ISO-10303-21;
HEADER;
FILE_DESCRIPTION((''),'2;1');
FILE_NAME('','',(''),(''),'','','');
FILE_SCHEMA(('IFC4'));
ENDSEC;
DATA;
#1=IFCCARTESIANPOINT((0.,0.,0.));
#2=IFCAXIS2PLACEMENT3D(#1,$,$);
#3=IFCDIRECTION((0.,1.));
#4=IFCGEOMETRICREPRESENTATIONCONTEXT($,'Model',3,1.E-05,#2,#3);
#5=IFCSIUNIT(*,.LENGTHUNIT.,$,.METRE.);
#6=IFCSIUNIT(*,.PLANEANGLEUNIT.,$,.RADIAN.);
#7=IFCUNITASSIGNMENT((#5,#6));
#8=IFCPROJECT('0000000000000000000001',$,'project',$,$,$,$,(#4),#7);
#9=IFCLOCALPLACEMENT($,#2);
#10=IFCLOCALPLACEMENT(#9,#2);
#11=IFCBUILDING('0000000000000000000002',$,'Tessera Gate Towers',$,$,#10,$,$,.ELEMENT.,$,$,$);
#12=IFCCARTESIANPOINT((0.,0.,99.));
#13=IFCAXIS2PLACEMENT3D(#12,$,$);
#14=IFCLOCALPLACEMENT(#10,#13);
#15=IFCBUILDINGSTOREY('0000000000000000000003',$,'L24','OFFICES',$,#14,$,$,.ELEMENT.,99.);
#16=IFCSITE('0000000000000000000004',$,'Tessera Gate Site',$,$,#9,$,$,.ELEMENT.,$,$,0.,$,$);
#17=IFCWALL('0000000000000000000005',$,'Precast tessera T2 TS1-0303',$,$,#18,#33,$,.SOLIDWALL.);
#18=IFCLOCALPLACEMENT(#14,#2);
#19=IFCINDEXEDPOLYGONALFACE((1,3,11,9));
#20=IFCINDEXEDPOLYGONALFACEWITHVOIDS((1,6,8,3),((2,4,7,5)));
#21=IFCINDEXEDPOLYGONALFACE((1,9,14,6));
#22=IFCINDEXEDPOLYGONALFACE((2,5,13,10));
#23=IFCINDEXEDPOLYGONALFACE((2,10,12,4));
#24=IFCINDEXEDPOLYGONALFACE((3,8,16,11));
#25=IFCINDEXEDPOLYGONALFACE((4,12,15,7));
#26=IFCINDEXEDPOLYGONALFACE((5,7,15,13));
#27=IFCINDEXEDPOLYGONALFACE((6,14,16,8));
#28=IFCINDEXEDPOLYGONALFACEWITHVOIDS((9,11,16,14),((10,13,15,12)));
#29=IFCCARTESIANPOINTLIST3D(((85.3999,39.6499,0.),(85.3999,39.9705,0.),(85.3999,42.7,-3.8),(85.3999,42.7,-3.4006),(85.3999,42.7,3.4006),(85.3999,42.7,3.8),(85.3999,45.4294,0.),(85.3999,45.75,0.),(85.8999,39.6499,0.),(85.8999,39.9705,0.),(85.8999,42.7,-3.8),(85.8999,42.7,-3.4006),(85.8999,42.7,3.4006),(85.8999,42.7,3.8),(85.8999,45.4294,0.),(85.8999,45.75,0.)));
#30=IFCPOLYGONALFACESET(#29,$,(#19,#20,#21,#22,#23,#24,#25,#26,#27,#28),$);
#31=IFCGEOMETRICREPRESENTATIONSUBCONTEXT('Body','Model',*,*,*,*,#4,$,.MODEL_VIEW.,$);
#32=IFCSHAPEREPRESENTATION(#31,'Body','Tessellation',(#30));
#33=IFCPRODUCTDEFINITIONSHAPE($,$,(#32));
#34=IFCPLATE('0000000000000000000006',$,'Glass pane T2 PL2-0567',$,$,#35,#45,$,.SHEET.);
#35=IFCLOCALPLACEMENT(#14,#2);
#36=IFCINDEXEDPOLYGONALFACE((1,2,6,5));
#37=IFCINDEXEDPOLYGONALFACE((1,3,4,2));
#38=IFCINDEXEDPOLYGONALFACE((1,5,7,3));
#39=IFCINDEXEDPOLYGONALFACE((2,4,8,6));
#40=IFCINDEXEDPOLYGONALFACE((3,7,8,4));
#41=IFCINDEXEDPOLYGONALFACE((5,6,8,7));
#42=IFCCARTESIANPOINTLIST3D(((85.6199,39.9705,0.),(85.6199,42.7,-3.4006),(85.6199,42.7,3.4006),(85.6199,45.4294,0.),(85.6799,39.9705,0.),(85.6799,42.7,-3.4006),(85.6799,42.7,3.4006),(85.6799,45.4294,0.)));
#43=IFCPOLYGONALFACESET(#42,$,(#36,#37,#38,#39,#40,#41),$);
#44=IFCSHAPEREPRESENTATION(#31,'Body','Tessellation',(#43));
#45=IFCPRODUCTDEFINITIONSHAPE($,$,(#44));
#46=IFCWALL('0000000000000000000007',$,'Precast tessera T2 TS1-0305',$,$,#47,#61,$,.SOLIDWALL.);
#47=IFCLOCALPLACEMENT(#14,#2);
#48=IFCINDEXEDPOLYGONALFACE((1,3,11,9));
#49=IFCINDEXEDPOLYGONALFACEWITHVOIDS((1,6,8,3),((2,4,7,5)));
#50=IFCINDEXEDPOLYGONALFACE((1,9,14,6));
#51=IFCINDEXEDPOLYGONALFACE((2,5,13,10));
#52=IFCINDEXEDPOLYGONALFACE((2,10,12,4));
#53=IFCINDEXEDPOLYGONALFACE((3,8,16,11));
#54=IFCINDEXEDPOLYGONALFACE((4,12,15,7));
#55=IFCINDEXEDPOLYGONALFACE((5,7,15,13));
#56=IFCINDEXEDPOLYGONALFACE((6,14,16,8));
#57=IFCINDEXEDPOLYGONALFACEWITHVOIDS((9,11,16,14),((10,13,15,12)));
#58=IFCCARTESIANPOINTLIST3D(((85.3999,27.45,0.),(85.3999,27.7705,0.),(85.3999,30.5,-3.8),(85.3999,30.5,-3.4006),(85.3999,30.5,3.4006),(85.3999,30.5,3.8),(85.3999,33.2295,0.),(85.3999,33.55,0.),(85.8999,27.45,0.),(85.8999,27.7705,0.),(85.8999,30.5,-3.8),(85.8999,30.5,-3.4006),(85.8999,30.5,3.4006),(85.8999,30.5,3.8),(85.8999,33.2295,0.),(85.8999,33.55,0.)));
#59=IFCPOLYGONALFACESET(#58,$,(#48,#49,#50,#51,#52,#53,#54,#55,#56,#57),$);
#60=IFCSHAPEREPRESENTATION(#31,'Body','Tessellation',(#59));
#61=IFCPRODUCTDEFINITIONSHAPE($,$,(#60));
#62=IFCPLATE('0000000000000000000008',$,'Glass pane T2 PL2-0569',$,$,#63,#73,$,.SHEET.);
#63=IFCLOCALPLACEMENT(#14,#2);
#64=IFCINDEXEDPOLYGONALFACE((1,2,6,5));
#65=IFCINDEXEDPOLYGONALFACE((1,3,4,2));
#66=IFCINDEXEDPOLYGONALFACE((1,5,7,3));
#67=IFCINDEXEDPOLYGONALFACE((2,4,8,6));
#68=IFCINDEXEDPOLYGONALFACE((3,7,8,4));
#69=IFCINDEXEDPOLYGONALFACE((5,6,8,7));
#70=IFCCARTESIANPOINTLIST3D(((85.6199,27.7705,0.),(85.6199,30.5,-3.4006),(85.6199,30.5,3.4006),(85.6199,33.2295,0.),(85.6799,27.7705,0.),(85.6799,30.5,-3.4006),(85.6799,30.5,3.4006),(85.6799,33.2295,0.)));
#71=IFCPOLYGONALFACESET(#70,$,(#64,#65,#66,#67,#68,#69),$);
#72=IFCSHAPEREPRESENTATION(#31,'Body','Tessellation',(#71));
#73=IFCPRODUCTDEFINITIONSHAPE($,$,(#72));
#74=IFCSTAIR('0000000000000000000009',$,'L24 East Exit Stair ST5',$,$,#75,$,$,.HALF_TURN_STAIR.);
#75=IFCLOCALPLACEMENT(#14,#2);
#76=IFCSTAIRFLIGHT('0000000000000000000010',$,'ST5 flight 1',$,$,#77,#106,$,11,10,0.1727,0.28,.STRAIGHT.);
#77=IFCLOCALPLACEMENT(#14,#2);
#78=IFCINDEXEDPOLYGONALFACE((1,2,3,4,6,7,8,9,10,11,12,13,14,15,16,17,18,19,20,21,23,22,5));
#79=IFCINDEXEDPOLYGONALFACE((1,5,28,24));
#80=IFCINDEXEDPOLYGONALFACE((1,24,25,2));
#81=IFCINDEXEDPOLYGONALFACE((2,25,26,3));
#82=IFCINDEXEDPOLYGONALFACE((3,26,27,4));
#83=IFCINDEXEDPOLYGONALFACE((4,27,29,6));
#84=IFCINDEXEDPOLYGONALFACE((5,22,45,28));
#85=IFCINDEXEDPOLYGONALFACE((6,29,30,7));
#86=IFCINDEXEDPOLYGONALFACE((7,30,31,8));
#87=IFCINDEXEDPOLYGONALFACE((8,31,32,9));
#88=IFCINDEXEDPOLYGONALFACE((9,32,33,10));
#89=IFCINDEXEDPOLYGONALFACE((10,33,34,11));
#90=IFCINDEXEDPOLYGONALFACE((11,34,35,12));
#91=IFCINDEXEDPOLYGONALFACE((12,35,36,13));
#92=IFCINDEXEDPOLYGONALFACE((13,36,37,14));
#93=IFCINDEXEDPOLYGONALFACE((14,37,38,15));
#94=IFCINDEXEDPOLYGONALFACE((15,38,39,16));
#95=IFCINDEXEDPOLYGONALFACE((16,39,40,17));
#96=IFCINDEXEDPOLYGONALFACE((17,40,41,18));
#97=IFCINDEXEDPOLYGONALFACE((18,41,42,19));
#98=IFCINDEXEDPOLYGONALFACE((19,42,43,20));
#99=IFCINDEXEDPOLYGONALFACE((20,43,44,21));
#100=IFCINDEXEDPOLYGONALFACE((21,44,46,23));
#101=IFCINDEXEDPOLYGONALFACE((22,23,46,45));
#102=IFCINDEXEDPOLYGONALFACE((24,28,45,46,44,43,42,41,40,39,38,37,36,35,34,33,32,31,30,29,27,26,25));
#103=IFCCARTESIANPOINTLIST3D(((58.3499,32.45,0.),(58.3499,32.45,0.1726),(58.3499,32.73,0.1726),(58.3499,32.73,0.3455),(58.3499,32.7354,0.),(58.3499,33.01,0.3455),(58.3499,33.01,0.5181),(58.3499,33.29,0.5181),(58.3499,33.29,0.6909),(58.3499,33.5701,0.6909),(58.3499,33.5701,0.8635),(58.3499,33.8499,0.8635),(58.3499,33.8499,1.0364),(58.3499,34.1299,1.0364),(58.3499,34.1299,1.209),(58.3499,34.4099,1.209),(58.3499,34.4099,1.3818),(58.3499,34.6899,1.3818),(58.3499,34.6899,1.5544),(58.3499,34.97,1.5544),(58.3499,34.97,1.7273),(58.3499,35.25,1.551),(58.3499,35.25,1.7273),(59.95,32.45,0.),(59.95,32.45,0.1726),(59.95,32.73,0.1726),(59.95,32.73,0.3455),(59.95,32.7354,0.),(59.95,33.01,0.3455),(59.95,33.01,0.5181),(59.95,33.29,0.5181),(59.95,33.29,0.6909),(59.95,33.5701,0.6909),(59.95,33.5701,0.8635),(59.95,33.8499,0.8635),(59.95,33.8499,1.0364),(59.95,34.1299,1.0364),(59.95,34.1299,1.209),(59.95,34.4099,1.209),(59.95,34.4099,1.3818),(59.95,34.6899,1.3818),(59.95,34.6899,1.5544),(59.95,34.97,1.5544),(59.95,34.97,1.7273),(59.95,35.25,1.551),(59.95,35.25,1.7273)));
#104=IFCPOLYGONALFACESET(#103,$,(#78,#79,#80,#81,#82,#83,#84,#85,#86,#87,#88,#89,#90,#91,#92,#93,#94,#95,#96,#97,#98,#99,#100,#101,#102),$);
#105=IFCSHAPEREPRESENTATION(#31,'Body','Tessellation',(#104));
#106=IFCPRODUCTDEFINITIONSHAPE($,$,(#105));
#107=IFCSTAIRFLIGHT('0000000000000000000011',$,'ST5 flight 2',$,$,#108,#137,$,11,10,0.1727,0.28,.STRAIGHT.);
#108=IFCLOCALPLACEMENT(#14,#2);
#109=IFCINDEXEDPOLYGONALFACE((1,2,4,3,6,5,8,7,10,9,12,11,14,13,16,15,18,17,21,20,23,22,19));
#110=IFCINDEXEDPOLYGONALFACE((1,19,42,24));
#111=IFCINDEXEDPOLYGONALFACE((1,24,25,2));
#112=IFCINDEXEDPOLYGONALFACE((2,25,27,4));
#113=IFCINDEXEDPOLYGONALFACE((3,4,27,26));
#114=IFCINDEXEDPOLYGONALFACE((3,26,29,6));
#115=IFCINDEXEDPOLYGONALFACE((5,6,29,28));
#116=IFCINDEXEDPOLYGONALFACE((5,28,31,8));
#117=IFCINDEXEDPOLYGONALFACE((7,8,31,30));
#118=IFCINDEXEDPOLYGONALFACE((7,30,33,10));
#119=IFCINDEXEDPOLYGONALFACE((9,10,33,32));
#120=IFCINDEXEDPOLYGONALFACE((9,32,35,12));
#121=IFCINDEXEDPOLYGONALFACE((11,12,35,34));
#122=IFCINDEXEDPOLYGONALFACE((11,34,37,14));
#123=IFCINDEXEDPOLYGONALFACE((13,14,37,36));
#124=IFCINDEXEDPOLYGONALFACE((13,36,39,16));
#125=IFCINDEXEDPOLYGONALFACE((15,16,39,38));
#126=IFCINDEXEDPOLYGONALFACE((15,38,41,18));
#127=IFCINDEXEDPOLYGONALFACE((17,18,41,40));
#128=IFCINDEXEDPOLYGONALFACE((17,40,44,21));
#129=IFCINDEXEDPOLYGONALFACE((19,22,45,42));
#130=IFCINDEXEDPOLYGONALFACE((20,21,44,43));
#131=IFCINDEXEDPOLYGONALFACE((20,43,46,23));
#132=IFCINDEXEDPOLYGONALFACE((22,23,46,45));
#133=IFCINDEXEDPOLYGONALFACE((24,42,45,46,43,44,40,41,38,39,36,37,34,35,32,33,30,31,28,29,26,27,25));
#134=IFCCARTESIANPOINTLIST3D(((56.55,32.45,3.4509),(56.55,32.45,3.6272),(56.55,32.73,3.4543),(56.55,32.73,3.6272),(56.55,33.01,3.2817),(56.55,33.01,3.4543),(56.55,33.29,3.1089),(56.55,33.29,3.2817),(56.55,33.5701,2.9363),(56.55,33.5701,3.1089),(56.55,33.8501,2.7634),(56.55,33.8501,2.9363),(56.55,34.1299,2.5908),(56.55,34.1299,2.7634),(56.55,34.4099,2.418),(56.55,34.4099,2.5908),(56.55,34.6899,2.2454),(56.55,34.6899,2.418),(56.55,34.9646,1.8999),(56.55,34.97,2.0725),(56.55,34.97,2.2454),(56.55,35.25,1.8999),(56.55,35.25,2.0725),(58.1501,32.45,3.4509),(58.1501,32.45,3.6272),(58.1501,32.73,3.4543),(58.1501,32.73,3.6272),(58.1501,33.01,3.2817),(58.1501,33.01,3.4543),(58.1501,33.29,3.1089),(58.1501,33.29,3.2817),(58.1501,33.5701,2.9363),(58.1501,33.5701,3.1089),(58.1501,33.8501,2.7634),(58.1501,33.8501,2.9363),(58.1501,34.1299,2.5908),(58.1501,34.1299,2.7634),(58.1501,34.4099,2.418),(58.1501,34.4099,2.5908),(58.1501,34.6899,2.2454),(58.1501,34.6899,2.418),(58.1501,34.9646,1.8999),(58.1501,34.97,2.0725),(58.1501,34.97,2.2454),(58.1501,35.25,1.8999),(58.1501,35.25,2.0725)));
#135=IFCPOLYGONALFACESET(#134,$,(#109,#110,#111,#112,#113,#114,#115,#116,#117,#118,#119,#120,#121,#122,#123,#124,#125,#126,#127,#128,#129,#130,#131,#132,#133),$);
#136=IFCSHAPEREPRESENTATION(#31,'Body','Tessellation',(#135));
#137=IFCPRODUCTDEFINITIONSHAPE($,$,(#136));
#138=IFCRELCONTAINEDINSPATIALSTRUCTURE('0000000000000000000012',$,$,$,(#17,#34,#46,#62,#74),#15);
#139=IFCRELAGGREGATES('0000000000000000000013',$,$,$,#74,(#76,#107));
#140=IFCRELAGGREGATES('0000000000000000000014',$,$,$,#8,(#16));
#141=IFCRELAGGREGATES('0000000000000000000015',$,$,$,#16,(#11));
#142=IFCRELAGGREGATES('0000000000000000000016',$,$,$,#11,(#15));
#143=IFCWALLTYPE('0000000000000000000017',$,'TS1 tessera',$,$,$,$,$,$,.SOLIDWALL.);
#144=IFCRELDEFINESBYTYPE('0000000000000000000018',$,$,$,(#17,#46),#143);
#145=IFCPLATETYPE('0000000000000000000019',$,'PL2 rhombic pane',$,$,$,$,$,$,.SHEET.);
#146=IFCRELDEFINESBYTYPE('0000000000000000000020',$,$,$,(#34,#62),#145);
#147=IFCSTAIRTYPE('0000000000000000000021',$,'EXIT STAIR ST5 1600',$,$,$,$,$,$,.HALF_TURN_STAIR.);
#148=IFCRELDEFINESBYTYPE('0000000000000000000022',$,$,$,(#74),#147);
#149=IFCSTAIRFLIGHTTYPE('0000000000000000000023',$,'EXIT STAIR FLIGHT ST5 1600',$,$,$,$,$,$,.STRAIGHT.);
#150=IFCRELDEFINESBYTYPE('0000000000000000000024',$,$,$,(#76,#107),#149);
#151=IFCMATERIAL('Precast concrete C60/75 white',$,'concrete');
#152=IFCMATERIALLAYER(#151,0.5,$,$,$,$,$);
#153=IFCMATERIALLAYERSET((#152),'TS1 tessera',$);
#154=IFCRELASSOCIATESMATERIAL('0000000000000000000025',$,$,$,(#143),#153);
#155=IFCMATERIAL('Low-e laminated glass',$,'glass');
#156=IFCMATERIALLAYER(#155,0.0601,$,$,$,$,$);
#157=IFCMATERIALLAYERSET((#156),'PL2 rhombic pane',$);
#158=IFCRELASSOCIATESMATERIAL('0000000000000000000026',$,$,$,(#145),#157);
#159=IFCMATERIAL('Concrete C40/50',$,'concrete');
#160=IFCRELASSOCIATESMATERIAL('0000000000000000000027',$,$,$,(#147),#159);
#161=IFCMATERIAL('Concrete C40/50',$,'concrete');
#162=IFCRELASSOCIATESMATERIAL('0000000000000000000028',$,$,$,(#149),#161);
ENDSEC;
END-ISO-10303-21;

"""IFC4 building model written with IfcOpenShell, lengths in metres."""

from ifc_helpers import new_model, si_unit, direction, frame, origin, place, context, subcontext, project, spatial, polyline, outline, extrude, source, transform, mapped, material, layer, layer_set, type_object, element, fill, aggregate, save


model = new_model("IFC4")

# Units and contexts
model_context = context("Model", 3, precision=1e-05, world=origin(), true_north=direction((0.0, 1.0)))
body_context = subcontext(model_context, "Body", "Model", "MODEL_VIEW")
ifc_project = project(units=[si_unit("LENGTHUNIT", "METRE"), si_unit("PLANEANGLEUNIT", "RADIAN")], contexts=[model_context])

# Site, building, storey
site_placement = place(None, origin())
site = spatial("IfcSite", under=ifc_project, at=site_placement, Name="Tessera Gate Site", CompositionType="ELEMENT", RefElevation=0.0)
building_placement = place(site_placement, origin())
building = spatial("IfcBuilding", under=site, at=building_placement, Name="Tessera Gate Towers", CompositionType="ELEMENT")
storey_placement = place(building_placement, frame((0.0, 0.0, 99.0)))
storey = spatial("IfcBuildingStorey", under=building, at=storey_placement, Name="L24", Description="OFFICES", CompositionType="ELEMENT", Elevation=99.0)

# Walls, openings, plates
ifc_material_1 = material(Name="Precast concrete C60/75 white", Category="concrete")
ifc_layer_1 = layer(ifc_material_1, 0.5)
ifc_layer_set_1 = layer_set([ifc_layer_1], Name="TS1 tessera")
wall_type_1 = type_object("IfcWallType", Name="TS1 tessera", PredefinedType="SOLIDWALL", material=ifc_layer_set_1)
shared_shape_1 = source(origin(), body_context, "Body", "SweptSolid", [
    extrude(outline(polyline([(3.05, 0.0), (6.1001, 3.8), (3.05, 7.6001), (0.0, 3.8), (3.05, 0.0)])), frame((0.0, 0.25, 0.0), z_axis=(0.0, -1.0, 0.0), x_axis=(1.0, 0.0, 0.0)), (0.0, 0.0, 1.0), 0.5),
])
shared_shape_2 = source(origin(), body_context, "Body", "SweptSolid", [
    extrude(outline(polyline([(3.05, 0.3994), (5.7795, 3.8), (3.05, 7.2007), (0.3206, 3.8), (3.05, 0.3994)])), frame((0.0, 0.26, 0.0), z_axis=(0.0, -1.0, 0.0), x_axis=(1.0, 0.0, 0.0)), (0.0, 0.0, 1.0), 0.52),
])
ifc_material_2 = material(Name="Low-e laminated glass", Category="glass")
ifc_layer_2 = layer(ifc_material_2, 0.0601)
ifc_layer_set_2 = layer_set([ifc_layer_2], Name="PL2 rhombic pane")
plate_type = type_object("IfcPlateType", Name="PL2 rhombic pane", PredefinedType="SHEET", material=ifc_layer_set_2)
shared_shape_3 = source(origin(), body_context, "Body", "SweptSolid", [
    extrude(outline(polyline([(3.05, 0.3994), (5.7795, 3.8), (3.05, 7.2007), (0.3206, 3.8), (3.05, 0.3994)])), frame((0.0, 0.03, 0.0), z_axis=(0.0, -1.0, 0.0), x_axis=(1.0, 0.0, 0.0)), (0.0, 0.0, 1.0), 0.0601),
])
wall_1_placement = place(storey_placement, frame((85.6499, 45.75, -3.8), z_axis=(0.0, 0.0, 1.0), x_axis=(0.0, -1.0, 0.0)))
wall_1 = element("IfcWall", 1, at=wall_1_placement, inside=storey, type_object=wall_type_1, Name="Precast tessera T2 TS1-0303", PredefinedType="SOLIDWALL", context=body_context, shape_type="MappedRepresentation", body=[
    mapped(shared_shape_1, transform((0.0, 0.0, 0.0), scale=1.0)),
])
opening_1_placement = place(wall_1_placement, origin())
opening_1 = element("IfcOpeningElement", 2, at=opening_1_placement, cuts=wall_1, PredefinedType="OPENING", context=body_context, shape_type="MappedRepresentation", body=[
    mapped(shared_shape_2, transform((0.0, 0.0, 0.0), scale=1.0)),
])
plate_1_placement = place(opening_1_placement, origin())
plate_1 = element("IfcPlate", 3, at=plate_1_placement, inside=storey, type_object=plate_type, Name="Glass pane T2 PL2-0567", PredefinedType="SHEET", context=body_context, shape_type="MappedRepresentation", body=[
    mapped(shared_shape_3, transform((0.0, 0.0, 0.0), scale=1.0)),
])
fill(opening_1, plate_1)
wall_2_placement = place(storey_placement, frame((85.6499, 33.55, -3.8), z_axis=(0.0, 0.0, 1.0), x_axis=(0.0, -1.0, 0.0)))
wall_2 = element("IfcWall", 4, at=wall_2_placement, inside=storey, type_object=wall_type_1, Name="Precast tessera T2 TS1-0305", PredefinedType="SOLIDWALL", context=body_context, shape_type="MappedRepresentation", body=[
    mapped(shared_shape_1, transform((0.0, 0.0, 0.0), scale=1.0)),
])
opening_2_placement = place(wall_2_placement, origin())
opening_2 = element("IfcOpeningElement", 5, at=opening_2_placement, cuts=wall_2, PredefinedType="OPENING", context=body_context, shape_type="MappedRepresentation", body=[
    mapped(shared_shape_2, transform((0.0, 0.0, 0.0), scale=1.0)),
])
plate_2_placement = place(opening_2_placement, origin())
plate_2 = element("IfcPlate", 6, at=plate_2_placement, inside=storey, type_object=plate_type, Name="Glass pane T2 PL2-0569", PredefinedType="SHEET", context=body_context, shape_type="MappedRepresentation", body=[
    mapped(shared_shape_3, transform((0.0, 0.0, 0.0), scale=1.0)),
])
fill(opening_2, plate_2)

# Stair, stair flights
ifc_material_3 = material(Name="Concrete C40/50", Category="concrete")
stair_type = type_object("IfcStairType", Name="EXIT STAIR ST5 1600", PredefinedType="HALF_TURN_STAIR", material=ifc_material_3)
stair_placement = place(storey_placement, origin())
stair = element("IfcStair", 7, at=stair_placement, inside=storey, type_object=stair_type, Name="L24 East Exit Stair ST5", PredefinedType="HALF_TURN_STAIR")
ifc_material_4 = material(Name="Concrete C40/50", Category="concrete")
stair_flight_type = type_object("IfcStairFlightType", Name="EXIT STAIR FLIGHT ST5 1600", PredefinedType="STRAIGHT", material=ifc_material_4)
stair_flight_1_placement = place(storey_placement, frame((59.1499, 32.45, 0.0), z_axis=(0.0, 0.0, 1.0), x_axis=(0.0, 1.0, 0.0)))
stair_flight_1 = element("IfcStairFlight", 8, at=stair_flight_1_placement, type_object=stair_flight_type, Name="ST5 flight 1", NumberOfRisers=11, NumberOfTreads=10, PredefinedType="STRAIGHT", RiserHeight=0.1727, TreadLength=0.28, context=body_context, shape_type="SweptSolid", body=[
    extrude(outline(polyline([(0.0, 0.0), (0.0, 0.1726), (0.28, 0.1726), (0.28, 0.3455), (0.5601, 0.3455), (0.5601, 0.5181), (0.8401, 0.5181), (0.8401, 0.6909), (1.1201, 0.6909), (1.1201, 0.8635), (1.3999, 0.8635), (1.3999, 1.0364), (1.6799, 1.0364), (1.6799, 1.209), (1.96, 1.209), (1.96, 1.3818), (2.24, 1.3818), (2.24, 1.5544), (2.52, 1.5544), (2.52, 1.7273), (2.8, 1.7273), (2.8, 1.8999), (2.8, 1.551), (0.2854, 0.0), (0.0, 0.0)])), frame((0.0, 0.8, 0.0), z_axis=(0.0, -1.0, 0.0), x_axis=(1.0, 0.0, 0.0)), (0.0, 0.0, 1.0), 1.6001),
])
stair_flight_2_placement = place(storey_placement, frame((57.3501, 35.25, 1.8999), z_axis=(0.0, 0.0, 1.0), x_axis=(0.0, -1.0, 0.0)))
stair_flight_2 = element("IfcStairFlight", 9, at=stair_flight_2_placement, type_object=stair_flight_type, Name="ST5 flight 2", NumberOfRisers=11, NumberOfTreads=10, PredefinedType="STRAIGHT", RiserHeight=0.1727, TreadLength=0.28, context=body_context, shape_type="SweptSolid", body=[
    extrude(outline(polyline([(0.0, 0.0), (0.0, 0.1726), (0.28, 0.1726), (0.28, 0.3455), (0.5601, 0.3455), (0.5601, 0.5181), (0.8401, 0.5181), (0.8401, 0.6909), (1.1201, 0.6909), (1.1201, 0.8635), (1.3999, 0.8635), (1.3999, 1.0364), (1.6799, 1.0364), (1.6799, 1.209), (1.96, 1.209), (1.96, 1.3818), (2.24, 1.3818), (2.24, 1.5544), (2.52, 1.5544), (2.52, 1.7273), (2.8, 1.7273), (2.8, 1.8999), (2.8, 1.551), (0.2854, 0.0), (0.0, 0.0)])), frame((0.0, 0.8, 0.0), z_axis=(0.0, -1.0, 0.0), x_axis=(1.0, 0.0, 0.0)), (0.0, 0.0, 1.0), 1.6001),
])
aggregate(stair, [stair_flight_1, stair_flight_2])

save(model, "model.ifc")
